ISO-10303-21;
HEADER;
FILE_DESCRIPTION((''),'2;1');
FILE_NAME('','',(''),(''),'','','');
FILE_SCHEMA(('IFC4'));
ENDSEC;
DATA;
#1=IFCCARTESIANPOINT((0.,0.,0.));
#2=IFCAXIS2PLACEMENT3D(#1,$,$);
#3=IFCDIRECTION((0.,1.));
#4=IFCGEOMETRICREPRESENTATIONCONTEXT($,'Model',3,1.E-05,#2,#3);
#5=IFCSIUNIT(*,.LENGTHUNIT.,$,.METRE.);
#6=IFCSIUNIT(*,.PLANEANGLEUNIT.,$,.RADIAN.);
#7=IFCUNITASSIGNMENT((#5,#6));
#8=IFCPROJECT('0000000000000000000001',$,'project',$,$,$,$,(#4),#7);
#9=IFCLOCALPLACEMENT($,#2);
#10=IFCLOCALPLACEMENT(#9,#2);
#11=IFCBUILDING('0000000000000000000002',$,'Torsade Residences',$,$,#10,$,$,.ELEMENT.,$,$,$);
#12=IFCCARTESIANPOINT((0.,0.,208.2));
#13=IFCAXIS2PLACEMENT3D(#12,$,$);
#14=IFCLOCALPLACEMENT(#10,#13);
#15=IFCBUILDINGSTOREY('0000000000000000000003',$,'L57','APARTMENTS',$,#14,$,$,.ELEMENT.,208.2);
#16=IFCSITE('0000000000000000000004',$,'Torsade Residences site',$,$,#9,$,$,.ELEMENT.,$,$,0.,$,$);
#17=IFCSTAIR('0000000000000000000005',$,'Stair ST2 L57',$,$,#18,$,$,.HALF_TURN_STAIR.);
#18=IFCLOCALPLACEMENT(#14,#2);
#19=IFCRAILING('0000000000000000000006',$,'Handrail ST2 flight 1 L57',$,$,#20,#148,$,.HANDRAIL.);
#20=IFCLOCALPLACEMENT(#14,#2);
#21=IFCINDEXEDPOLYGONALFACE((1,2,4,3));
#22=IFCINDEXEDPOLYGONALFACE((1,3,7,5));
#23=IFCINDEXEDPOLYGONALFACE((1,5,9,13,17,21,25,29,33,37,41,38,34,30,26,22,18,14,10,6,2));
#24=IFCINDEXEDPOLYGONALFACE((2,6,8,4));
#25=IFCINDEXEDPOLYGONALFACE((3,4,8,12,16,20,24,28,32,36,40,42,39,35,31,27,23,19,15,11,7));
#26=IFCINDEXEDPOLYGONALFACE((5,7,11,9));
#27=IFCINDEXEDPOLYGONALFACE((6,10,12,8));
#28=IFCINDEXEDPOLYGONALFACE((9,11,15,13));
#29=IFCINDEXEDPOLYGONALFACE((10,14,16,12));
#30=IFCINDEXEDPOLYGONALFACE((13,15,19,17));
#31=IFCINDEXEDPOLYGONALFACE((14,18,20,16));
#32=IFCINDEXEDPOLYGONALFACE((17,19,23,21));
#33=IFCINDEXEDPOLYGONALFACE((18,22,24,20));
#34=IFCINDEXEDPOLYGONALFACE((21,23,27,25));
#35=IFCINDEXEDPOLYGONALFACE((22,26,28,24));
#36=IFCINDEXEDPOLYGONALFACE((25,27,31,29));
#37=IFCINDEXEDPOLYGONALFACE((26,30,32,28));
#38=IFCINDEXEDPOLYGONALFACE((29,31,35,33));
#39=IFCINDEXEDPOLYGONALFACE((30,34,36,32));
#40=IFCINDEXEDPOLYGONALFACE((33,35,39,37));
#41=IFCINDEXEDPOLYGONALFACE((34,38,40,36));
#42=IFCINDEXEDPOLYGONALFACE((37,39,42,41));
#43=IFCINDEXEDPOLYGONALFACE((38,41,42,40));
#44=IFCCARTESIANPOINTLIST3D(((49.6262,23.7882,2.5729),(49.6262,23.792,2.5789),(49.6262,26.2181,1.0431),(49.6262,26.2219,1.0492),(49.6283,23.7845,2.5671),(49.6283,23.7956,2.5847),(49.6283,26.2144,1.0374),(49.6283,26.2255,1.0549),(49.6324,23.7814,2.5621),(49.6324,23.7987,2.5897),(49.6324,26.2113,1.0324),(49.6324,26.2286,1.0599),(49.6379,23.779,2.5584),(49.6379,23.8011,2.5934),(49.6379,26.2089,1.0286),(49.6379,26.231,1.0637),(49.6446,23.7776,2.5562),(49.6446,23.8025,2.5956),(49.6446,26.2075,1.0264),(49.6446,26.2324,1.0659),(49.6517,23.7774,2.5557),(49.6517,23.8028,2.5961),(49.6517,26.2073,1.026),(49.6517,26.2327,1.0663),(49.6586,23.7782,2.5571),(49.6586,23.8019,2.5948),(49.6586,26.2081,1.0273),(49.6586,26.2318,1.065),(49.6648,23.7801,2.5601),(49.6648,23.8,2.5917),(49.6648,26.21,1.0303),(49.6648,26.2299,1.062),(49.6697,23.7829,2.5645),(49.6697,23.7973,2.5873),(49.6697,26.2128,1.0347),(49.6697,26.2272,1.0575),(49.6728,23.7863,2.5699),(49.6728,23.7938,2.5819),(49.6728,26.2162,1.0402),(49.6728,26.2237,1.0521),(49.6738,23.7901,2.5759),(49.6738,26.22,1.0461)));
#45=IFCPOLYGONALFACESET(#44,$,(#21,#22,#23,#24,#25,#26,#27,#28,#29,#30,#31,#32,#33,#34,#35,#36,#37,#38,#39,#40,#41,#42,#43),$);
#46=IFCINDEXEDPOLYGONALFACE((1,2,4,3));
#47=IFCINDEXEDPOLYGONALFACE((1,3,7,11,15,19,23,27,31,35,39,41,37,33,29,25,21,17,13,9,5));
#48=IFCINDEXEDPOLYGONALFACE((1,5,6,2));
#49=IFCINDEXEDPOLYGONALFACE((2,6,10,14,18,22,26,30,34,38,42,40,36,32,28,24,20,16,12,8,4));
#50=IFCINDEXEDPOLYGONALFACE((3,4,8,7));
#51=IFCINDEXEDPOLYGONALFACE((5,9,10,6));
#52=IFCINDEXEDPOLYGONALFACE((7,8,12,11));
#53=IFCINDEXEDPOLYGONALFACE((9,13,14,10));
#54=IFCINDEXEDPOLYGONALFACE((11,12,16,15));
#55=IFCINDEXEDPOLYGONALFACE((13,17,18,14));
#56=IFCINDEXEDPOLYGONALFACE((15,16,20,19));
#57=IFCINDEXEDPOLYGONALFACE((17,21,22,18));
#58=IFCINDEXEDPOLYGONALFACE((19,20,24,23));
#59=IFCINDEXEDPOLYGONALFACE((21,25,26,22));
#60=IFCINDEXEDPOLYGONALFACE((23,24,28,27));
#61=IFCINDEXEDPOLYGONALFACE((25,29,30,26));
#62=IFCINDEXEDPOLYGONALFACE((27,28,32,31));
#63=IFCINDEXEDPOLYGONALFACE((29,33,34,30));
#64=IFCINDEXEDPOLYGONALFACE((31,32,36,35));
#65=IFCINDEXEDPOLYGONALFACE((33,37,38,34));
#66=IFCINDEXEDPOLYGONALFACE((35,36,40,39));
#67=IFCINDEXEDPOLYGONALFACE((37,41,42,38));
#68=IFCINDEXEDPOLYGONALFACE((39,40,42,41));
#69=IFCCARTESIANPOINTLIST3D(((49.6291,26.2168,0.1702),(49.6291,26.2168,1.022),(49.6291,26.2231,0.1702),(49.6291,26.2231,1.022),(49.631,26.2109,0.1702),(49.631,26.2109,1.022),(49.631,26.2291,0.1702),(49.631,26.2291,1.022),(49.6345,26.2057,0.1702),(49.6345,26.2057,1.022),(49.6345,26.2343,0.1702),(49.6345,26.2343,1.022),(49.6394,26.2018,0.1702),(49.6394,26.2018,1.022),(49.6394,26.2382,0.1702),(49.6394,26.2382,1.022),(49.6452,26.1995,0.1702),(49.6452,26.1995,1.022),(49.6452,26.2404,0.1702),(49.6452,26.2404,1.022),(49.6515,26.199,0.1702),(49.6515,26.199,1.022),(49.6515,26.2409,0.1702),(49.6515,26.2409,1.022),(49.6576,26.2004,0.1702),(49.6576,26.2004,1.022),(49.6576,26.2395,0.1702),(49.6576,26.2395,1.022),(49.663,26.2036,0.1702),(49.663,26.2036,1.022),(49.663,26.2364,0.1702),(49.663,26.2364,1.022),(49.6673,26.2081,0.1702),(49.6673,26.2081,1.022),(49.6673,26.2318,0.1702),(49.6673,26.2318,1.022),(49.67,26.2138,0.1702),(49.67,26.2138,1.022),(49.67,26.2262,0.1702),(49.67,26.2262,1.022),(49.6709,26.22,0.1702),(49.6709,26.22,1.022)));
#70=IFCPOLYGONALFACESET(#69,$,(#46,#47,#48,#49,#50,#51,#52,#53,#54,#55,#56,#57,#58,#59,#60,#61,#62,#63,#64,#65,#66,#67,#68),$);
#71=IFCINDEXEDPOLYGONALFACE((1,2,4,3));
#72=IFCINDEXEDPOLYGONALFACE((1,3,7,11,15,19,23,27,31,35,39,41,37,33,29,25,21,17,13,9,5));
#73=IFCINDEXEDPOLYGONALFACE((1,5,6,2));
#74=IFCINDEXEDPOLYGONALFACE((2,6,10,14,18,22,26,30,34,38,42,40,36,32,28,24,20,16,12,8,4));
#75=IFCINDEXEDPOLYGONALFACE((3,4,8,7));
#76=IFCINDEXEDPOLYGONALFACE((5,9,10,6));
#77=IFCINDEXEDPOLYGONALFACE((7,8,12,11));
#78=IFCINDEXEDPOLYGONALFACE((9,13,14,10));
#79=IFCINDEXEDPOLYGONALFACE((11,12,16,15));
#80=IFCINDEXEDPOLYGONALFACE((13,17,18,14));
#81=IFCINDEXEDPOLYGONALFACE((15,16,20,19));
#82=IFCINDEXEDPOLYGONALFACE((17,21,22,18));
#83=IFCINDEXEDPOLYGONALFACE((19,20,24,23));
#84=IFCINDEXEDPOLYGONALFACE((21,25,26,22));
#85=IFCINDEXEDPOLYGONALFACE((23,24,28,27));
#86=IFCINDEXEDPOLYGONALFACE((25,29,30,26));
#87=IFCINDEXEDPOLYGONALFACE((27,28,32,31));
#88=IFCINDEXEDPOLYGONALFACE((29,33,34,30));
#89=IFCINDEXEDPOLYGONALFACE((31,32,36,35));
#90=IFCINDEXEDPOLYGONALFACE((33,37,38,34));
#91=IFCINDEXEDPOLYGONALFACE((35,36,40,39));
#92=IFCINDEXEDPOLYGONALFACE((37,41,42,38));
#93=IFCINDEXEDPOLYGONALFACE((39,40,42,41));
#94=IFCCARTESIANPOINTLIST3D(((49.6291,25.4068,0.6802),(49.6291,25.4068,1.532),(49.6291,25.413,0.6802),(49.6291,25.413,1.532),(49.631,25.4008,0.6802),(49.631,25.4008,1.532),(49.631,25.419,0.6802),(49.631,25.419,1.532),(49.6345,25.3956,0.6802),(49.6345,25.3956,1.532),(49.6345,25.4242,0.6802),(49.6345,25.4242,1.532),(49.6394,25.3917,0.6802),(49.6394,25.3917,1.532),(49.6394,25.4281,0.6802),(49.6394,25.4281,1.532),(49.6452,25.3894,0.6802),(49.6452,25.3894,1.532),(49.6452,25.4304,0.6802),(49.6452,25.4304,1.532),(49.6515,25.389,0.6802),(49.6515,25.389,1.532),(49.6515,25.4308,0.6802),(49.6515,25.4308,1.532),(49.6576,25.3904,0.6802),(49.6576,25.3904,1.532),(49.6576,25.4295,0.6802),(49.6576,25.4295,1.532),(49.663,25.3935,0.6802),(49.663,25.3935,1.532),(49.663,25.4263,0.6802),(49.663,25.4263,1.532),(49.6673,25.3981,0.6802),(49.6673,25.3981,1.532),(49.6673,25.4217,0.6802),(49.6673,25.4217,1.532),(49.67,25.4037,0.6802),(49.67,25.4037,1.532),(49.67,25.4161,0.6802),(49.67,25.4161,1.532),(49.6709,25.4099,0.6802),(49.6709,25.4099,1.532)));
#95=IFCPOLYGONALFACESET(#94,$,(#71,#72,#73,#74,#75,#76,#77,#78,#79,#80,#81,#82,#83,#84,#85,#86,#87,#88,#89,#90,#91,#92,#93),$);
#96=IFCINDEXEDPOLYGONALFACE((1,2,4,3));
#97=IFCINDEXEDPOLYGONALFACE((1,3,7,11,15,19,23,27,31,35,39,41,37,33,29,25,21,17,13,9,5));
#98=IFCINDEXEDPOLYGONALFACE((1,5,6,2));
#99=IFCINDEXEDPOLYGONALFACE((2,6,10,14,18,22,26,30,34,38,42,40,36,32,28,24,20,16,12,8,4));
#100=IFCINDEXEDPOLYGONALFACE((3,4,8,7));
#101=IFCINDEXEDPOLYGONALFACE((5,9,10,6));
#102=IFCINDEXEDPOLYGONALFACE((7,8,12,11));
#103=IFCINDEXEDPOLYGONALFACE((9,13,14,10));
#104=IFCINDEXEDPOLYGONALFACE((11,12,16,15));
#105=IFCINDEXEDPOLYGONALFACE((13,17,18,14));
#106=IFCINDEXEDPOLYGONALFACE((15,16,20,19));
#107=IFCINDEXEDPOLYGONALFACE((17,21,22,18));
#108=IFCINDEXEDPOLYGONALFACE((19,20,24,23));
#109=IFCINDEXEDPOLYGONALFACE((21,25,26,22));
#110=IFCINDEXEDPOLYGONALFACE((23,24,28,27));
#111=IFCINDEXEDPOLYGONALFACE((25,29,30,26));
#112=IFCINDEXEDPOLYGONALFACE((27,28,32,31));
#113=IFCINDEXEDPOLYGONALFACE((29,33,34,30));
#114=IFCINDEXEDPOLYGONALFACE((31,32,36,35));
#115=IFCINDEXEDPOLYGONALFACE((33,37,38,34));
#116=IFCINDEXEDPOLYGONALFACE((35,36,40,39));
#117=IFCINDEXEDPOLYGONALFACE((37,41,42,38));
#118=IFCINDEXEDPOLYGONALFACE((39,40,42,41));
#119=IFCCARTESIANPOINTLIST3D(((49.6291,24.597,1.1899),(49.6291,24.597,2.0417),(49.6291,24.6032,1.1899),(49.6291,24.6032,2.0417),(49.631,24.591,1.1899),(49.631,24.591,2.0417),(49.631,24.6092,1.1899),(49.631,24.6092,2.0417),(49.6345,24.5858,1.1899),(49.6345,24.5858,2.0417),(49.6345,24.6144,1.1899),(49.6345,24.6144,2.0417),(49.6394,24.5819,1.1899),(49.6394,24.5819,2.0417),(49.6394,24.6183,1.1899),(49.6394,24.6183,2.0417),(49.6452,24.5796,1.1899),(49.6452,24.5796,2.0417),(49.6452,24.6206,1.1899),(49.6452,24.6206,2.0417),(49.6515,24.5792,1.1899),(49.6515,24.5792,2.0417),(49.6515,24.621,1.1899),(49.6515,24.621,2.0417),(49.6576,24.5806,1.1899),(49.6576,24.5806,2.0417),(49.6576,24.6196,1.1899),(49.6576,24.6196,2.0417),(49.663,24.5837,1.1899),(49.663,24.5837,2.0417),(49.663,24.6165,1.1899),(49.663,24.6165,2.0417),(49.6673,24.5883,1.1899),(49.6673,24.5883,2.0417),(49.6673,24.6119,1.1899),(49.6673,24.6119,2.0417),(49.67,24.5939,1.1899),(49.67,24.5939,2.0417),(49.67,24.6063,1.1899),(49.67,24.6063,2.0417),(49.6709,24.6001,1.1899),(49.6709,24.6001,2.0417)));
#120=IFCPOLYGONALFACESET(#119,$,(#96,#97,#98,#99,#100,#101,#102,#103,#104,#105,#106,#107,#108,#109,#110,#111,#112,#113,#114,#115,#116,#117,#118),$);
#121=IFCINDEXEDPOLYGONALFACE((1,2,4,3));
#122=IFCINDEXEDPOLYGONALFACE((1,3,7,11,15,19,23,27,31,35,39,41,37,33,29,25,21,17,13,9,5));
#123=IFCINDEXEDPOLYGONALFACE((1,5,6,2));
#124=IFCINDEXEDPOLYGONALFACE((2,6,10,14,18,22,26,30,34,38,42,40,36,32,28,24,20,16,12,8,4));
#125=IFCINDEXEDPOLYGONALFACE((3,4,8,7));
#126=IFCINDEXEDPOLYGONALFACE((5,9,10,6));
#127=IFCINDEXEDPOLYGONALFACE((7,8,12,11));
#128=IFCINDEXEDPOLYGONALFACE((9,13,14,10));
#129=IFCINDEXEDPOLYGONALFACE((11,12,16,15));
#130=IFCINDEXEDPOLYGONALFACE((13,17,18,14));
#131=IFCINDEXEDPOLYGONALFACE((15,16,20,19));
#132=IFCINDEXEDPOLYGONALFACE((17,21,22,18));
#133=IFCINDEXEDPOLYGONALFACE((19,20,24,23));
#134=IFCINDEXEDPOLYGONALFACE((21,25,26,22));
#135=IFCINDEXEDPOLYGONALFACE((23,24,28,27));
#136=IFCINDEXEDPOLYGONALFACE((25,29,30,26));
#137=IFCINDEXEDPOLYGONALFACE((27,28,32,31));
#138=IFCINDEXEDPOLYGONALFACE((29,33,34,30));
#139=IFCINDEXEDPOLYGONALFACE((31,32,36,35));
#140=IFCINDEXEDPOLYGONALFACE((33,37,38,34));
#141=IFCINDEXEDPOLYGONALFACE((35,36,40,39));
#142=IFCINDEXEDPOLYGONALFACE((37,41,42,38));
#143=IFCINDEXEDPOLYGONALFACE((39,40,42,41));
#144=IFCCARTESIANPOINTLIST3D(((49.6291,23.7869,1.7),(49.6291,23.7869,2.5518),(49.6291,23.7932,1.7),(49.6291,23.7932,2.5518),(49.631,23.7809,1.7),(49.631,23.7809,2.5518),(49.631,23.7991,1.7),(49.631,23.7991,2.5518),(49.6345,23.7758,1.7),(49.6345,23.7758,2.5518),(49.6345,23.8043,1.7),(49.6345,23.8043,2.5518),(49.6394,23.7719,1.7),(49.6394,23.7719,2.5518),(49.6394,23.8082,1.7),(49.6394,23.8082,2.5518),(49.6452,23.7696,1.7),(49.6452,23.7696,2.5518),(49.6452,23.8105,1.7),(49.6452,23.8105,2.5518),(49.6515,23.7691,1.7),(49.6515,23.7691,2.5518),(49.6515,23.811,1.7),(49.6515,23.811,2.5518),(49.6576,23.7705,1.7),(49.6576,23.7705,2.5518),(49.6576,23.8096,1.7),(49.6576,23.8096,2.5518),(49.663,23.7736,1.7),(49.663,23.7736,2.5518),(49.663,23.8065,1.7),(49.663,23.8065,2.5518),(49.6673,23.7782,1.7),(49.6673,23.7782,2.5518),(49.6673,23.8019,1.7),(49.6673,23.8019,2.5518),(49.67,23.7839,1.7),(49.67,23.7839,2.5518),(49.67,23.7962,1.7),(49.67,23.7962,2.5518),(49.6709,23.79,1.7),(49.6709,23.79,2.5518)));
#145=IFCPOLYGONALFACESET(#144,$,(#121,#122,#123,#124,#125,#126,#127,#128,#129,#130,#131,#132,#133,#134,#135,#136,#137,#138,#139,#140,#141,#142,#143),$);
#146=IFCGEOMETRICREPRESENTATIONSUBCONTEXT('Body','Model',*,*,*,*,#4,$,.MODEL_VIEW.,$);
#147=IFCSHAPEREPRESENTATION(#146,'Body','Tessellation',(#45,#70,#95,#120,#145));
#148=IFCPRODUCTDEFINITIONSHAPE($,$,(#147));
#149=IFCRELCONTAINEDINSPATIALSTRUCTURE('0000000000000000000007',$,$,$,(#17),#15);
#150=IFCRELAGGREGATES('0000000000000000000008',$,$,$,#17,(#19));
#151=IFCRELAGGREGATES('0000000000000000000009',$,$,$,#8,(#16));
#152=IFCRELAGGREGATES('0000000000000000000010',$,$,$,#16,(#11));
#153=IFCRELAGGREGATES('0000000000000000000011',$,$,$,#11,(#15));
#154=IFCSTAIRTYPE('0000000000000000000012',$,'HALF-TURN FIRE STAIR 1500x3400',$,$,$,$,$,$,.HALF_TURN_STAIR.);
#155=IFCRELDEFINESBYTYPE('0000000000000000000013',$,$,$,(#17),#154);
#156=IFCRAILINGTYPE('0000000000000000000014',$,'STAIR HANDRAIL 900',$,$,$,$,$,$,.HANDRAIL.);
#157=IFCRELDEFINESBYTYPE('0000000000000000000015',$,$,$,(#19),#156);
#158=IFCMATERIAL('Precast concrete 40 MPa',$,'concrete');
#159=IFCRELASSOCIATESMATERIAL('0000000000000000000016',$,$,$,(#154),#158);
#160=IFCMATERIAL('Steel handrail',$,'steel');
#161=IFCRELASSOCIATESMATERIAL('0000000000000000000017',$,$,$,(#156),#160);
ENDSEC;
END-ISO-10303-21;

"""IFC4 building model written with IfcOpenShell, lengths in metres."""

from ifc_helpers import new_model, si_unit, direction, frame, origin, origin_2d, place, context, subcontext, project, spatial, circle, extrude, material, type_object, element, aggregate, save


model = new_model("IFC4")

# Units and contexts
model_context = context("Model", 3, precision=1e-05, world=origin(), true_north=direction((0.0, 1.0)))
body_context = subcontext(model_context, "Body", "Model", "MODEL_VIEW")
ifc_project = project(units=[si_unit("LENGTHUNIT", "METRE"), si_unit("PLANEANGLEUNIT", "RADIAN")], contexts=[model_context])

# Site, building, storey
site_placement = place(None, origin())
site = spatial("IfcSite", under=ifc_project, at=site_placement, Name="Torsade Residences site", CompositionType="ELEMENT", RefElevation=0.0)
building_placement = place(site_placement, origin())
building = spatial("IfcBuilding", under=site, at=building_placement, Name="Torsade Residences", CompositionType="ELEMENT")
storey_placement = place(building_placement, frame((0.0, 0.0, 208.2)))
storey = spatial("IfcBuildingStorey", under=building, at=storey_placement, Name="L57", Description="APARTMENTS", CompositionType="ELEMENT", Elevation=208.2)

# Stair, railing
ifc_material_1 = material(Name="Precast concrete 40 MPa", Category="concrete")
stair_type = type_object("IfcStairType", Name="HALF-TURN FIRE STAIR 1500x3400", PredefinedType="HALF_TURN_STAIR", material=ifc_material_1)
stair_placement = place(storey_placement, origin())
stair = element("IfcStair", 1, at=stair_placement, inside=storey, type_object=stair_type, Name="Stair ST2 L57", PredefinedType="HALF_TURN_STAIR")
ifc_material_2 = material(Name="Steel handrail", Category="steel")
railing_type = type_object("IfcRailingType", Name="STAIR HANDRAIL 900", PredefinedType="HANDRAIL", material=ifc_material_2)
railing_1_placement = place(storey_placement, frame((49.6499, 26.22, 0.1702)))
railing_1 = element("IfcRailing", 2, at=railing_1_placement, type_object=railing_type, Name="Handrail ST2 flight 1 L57", PredefinedType="HANDRAIL", context=body_context, shape_type="SweptSolid", body=[
    extrude(circle(Radius=0.0239, at=origin_2d()), frame((0.0, 0.0, 0.876), z_axis=(0.0, -0.84626, 0.53277), x_axis=(1.0, 0.0, 0.0)), (0.0, 0.0, 1.0), 2.8713),
    extrude(circle(Radius=0.021, at=origin_2d()), origin(), (0.0, 0.0, 1.0), 0.8518),
    extrude(circle(Radius=0.021, at=origin_2d()), frame((0.0, -0.8101, 0.51)), (0.0, 0.0, 1.0), 0.8518),
    extrude(circle(Radius=0.021, at=origin_2d()), frame((0.0, -1.6199, 1.0198)), (0.0, 0.0, 1.0), 0.8518),
    extrude(circle(Radius=0.021, at=origin_2d()), frame((0.0, -2.4299, 1.5298)), (0.0, 0.0, 1.0), 0.8518),
])
aggregate(stair, [railing_1])

save(model, "model.ifc")
